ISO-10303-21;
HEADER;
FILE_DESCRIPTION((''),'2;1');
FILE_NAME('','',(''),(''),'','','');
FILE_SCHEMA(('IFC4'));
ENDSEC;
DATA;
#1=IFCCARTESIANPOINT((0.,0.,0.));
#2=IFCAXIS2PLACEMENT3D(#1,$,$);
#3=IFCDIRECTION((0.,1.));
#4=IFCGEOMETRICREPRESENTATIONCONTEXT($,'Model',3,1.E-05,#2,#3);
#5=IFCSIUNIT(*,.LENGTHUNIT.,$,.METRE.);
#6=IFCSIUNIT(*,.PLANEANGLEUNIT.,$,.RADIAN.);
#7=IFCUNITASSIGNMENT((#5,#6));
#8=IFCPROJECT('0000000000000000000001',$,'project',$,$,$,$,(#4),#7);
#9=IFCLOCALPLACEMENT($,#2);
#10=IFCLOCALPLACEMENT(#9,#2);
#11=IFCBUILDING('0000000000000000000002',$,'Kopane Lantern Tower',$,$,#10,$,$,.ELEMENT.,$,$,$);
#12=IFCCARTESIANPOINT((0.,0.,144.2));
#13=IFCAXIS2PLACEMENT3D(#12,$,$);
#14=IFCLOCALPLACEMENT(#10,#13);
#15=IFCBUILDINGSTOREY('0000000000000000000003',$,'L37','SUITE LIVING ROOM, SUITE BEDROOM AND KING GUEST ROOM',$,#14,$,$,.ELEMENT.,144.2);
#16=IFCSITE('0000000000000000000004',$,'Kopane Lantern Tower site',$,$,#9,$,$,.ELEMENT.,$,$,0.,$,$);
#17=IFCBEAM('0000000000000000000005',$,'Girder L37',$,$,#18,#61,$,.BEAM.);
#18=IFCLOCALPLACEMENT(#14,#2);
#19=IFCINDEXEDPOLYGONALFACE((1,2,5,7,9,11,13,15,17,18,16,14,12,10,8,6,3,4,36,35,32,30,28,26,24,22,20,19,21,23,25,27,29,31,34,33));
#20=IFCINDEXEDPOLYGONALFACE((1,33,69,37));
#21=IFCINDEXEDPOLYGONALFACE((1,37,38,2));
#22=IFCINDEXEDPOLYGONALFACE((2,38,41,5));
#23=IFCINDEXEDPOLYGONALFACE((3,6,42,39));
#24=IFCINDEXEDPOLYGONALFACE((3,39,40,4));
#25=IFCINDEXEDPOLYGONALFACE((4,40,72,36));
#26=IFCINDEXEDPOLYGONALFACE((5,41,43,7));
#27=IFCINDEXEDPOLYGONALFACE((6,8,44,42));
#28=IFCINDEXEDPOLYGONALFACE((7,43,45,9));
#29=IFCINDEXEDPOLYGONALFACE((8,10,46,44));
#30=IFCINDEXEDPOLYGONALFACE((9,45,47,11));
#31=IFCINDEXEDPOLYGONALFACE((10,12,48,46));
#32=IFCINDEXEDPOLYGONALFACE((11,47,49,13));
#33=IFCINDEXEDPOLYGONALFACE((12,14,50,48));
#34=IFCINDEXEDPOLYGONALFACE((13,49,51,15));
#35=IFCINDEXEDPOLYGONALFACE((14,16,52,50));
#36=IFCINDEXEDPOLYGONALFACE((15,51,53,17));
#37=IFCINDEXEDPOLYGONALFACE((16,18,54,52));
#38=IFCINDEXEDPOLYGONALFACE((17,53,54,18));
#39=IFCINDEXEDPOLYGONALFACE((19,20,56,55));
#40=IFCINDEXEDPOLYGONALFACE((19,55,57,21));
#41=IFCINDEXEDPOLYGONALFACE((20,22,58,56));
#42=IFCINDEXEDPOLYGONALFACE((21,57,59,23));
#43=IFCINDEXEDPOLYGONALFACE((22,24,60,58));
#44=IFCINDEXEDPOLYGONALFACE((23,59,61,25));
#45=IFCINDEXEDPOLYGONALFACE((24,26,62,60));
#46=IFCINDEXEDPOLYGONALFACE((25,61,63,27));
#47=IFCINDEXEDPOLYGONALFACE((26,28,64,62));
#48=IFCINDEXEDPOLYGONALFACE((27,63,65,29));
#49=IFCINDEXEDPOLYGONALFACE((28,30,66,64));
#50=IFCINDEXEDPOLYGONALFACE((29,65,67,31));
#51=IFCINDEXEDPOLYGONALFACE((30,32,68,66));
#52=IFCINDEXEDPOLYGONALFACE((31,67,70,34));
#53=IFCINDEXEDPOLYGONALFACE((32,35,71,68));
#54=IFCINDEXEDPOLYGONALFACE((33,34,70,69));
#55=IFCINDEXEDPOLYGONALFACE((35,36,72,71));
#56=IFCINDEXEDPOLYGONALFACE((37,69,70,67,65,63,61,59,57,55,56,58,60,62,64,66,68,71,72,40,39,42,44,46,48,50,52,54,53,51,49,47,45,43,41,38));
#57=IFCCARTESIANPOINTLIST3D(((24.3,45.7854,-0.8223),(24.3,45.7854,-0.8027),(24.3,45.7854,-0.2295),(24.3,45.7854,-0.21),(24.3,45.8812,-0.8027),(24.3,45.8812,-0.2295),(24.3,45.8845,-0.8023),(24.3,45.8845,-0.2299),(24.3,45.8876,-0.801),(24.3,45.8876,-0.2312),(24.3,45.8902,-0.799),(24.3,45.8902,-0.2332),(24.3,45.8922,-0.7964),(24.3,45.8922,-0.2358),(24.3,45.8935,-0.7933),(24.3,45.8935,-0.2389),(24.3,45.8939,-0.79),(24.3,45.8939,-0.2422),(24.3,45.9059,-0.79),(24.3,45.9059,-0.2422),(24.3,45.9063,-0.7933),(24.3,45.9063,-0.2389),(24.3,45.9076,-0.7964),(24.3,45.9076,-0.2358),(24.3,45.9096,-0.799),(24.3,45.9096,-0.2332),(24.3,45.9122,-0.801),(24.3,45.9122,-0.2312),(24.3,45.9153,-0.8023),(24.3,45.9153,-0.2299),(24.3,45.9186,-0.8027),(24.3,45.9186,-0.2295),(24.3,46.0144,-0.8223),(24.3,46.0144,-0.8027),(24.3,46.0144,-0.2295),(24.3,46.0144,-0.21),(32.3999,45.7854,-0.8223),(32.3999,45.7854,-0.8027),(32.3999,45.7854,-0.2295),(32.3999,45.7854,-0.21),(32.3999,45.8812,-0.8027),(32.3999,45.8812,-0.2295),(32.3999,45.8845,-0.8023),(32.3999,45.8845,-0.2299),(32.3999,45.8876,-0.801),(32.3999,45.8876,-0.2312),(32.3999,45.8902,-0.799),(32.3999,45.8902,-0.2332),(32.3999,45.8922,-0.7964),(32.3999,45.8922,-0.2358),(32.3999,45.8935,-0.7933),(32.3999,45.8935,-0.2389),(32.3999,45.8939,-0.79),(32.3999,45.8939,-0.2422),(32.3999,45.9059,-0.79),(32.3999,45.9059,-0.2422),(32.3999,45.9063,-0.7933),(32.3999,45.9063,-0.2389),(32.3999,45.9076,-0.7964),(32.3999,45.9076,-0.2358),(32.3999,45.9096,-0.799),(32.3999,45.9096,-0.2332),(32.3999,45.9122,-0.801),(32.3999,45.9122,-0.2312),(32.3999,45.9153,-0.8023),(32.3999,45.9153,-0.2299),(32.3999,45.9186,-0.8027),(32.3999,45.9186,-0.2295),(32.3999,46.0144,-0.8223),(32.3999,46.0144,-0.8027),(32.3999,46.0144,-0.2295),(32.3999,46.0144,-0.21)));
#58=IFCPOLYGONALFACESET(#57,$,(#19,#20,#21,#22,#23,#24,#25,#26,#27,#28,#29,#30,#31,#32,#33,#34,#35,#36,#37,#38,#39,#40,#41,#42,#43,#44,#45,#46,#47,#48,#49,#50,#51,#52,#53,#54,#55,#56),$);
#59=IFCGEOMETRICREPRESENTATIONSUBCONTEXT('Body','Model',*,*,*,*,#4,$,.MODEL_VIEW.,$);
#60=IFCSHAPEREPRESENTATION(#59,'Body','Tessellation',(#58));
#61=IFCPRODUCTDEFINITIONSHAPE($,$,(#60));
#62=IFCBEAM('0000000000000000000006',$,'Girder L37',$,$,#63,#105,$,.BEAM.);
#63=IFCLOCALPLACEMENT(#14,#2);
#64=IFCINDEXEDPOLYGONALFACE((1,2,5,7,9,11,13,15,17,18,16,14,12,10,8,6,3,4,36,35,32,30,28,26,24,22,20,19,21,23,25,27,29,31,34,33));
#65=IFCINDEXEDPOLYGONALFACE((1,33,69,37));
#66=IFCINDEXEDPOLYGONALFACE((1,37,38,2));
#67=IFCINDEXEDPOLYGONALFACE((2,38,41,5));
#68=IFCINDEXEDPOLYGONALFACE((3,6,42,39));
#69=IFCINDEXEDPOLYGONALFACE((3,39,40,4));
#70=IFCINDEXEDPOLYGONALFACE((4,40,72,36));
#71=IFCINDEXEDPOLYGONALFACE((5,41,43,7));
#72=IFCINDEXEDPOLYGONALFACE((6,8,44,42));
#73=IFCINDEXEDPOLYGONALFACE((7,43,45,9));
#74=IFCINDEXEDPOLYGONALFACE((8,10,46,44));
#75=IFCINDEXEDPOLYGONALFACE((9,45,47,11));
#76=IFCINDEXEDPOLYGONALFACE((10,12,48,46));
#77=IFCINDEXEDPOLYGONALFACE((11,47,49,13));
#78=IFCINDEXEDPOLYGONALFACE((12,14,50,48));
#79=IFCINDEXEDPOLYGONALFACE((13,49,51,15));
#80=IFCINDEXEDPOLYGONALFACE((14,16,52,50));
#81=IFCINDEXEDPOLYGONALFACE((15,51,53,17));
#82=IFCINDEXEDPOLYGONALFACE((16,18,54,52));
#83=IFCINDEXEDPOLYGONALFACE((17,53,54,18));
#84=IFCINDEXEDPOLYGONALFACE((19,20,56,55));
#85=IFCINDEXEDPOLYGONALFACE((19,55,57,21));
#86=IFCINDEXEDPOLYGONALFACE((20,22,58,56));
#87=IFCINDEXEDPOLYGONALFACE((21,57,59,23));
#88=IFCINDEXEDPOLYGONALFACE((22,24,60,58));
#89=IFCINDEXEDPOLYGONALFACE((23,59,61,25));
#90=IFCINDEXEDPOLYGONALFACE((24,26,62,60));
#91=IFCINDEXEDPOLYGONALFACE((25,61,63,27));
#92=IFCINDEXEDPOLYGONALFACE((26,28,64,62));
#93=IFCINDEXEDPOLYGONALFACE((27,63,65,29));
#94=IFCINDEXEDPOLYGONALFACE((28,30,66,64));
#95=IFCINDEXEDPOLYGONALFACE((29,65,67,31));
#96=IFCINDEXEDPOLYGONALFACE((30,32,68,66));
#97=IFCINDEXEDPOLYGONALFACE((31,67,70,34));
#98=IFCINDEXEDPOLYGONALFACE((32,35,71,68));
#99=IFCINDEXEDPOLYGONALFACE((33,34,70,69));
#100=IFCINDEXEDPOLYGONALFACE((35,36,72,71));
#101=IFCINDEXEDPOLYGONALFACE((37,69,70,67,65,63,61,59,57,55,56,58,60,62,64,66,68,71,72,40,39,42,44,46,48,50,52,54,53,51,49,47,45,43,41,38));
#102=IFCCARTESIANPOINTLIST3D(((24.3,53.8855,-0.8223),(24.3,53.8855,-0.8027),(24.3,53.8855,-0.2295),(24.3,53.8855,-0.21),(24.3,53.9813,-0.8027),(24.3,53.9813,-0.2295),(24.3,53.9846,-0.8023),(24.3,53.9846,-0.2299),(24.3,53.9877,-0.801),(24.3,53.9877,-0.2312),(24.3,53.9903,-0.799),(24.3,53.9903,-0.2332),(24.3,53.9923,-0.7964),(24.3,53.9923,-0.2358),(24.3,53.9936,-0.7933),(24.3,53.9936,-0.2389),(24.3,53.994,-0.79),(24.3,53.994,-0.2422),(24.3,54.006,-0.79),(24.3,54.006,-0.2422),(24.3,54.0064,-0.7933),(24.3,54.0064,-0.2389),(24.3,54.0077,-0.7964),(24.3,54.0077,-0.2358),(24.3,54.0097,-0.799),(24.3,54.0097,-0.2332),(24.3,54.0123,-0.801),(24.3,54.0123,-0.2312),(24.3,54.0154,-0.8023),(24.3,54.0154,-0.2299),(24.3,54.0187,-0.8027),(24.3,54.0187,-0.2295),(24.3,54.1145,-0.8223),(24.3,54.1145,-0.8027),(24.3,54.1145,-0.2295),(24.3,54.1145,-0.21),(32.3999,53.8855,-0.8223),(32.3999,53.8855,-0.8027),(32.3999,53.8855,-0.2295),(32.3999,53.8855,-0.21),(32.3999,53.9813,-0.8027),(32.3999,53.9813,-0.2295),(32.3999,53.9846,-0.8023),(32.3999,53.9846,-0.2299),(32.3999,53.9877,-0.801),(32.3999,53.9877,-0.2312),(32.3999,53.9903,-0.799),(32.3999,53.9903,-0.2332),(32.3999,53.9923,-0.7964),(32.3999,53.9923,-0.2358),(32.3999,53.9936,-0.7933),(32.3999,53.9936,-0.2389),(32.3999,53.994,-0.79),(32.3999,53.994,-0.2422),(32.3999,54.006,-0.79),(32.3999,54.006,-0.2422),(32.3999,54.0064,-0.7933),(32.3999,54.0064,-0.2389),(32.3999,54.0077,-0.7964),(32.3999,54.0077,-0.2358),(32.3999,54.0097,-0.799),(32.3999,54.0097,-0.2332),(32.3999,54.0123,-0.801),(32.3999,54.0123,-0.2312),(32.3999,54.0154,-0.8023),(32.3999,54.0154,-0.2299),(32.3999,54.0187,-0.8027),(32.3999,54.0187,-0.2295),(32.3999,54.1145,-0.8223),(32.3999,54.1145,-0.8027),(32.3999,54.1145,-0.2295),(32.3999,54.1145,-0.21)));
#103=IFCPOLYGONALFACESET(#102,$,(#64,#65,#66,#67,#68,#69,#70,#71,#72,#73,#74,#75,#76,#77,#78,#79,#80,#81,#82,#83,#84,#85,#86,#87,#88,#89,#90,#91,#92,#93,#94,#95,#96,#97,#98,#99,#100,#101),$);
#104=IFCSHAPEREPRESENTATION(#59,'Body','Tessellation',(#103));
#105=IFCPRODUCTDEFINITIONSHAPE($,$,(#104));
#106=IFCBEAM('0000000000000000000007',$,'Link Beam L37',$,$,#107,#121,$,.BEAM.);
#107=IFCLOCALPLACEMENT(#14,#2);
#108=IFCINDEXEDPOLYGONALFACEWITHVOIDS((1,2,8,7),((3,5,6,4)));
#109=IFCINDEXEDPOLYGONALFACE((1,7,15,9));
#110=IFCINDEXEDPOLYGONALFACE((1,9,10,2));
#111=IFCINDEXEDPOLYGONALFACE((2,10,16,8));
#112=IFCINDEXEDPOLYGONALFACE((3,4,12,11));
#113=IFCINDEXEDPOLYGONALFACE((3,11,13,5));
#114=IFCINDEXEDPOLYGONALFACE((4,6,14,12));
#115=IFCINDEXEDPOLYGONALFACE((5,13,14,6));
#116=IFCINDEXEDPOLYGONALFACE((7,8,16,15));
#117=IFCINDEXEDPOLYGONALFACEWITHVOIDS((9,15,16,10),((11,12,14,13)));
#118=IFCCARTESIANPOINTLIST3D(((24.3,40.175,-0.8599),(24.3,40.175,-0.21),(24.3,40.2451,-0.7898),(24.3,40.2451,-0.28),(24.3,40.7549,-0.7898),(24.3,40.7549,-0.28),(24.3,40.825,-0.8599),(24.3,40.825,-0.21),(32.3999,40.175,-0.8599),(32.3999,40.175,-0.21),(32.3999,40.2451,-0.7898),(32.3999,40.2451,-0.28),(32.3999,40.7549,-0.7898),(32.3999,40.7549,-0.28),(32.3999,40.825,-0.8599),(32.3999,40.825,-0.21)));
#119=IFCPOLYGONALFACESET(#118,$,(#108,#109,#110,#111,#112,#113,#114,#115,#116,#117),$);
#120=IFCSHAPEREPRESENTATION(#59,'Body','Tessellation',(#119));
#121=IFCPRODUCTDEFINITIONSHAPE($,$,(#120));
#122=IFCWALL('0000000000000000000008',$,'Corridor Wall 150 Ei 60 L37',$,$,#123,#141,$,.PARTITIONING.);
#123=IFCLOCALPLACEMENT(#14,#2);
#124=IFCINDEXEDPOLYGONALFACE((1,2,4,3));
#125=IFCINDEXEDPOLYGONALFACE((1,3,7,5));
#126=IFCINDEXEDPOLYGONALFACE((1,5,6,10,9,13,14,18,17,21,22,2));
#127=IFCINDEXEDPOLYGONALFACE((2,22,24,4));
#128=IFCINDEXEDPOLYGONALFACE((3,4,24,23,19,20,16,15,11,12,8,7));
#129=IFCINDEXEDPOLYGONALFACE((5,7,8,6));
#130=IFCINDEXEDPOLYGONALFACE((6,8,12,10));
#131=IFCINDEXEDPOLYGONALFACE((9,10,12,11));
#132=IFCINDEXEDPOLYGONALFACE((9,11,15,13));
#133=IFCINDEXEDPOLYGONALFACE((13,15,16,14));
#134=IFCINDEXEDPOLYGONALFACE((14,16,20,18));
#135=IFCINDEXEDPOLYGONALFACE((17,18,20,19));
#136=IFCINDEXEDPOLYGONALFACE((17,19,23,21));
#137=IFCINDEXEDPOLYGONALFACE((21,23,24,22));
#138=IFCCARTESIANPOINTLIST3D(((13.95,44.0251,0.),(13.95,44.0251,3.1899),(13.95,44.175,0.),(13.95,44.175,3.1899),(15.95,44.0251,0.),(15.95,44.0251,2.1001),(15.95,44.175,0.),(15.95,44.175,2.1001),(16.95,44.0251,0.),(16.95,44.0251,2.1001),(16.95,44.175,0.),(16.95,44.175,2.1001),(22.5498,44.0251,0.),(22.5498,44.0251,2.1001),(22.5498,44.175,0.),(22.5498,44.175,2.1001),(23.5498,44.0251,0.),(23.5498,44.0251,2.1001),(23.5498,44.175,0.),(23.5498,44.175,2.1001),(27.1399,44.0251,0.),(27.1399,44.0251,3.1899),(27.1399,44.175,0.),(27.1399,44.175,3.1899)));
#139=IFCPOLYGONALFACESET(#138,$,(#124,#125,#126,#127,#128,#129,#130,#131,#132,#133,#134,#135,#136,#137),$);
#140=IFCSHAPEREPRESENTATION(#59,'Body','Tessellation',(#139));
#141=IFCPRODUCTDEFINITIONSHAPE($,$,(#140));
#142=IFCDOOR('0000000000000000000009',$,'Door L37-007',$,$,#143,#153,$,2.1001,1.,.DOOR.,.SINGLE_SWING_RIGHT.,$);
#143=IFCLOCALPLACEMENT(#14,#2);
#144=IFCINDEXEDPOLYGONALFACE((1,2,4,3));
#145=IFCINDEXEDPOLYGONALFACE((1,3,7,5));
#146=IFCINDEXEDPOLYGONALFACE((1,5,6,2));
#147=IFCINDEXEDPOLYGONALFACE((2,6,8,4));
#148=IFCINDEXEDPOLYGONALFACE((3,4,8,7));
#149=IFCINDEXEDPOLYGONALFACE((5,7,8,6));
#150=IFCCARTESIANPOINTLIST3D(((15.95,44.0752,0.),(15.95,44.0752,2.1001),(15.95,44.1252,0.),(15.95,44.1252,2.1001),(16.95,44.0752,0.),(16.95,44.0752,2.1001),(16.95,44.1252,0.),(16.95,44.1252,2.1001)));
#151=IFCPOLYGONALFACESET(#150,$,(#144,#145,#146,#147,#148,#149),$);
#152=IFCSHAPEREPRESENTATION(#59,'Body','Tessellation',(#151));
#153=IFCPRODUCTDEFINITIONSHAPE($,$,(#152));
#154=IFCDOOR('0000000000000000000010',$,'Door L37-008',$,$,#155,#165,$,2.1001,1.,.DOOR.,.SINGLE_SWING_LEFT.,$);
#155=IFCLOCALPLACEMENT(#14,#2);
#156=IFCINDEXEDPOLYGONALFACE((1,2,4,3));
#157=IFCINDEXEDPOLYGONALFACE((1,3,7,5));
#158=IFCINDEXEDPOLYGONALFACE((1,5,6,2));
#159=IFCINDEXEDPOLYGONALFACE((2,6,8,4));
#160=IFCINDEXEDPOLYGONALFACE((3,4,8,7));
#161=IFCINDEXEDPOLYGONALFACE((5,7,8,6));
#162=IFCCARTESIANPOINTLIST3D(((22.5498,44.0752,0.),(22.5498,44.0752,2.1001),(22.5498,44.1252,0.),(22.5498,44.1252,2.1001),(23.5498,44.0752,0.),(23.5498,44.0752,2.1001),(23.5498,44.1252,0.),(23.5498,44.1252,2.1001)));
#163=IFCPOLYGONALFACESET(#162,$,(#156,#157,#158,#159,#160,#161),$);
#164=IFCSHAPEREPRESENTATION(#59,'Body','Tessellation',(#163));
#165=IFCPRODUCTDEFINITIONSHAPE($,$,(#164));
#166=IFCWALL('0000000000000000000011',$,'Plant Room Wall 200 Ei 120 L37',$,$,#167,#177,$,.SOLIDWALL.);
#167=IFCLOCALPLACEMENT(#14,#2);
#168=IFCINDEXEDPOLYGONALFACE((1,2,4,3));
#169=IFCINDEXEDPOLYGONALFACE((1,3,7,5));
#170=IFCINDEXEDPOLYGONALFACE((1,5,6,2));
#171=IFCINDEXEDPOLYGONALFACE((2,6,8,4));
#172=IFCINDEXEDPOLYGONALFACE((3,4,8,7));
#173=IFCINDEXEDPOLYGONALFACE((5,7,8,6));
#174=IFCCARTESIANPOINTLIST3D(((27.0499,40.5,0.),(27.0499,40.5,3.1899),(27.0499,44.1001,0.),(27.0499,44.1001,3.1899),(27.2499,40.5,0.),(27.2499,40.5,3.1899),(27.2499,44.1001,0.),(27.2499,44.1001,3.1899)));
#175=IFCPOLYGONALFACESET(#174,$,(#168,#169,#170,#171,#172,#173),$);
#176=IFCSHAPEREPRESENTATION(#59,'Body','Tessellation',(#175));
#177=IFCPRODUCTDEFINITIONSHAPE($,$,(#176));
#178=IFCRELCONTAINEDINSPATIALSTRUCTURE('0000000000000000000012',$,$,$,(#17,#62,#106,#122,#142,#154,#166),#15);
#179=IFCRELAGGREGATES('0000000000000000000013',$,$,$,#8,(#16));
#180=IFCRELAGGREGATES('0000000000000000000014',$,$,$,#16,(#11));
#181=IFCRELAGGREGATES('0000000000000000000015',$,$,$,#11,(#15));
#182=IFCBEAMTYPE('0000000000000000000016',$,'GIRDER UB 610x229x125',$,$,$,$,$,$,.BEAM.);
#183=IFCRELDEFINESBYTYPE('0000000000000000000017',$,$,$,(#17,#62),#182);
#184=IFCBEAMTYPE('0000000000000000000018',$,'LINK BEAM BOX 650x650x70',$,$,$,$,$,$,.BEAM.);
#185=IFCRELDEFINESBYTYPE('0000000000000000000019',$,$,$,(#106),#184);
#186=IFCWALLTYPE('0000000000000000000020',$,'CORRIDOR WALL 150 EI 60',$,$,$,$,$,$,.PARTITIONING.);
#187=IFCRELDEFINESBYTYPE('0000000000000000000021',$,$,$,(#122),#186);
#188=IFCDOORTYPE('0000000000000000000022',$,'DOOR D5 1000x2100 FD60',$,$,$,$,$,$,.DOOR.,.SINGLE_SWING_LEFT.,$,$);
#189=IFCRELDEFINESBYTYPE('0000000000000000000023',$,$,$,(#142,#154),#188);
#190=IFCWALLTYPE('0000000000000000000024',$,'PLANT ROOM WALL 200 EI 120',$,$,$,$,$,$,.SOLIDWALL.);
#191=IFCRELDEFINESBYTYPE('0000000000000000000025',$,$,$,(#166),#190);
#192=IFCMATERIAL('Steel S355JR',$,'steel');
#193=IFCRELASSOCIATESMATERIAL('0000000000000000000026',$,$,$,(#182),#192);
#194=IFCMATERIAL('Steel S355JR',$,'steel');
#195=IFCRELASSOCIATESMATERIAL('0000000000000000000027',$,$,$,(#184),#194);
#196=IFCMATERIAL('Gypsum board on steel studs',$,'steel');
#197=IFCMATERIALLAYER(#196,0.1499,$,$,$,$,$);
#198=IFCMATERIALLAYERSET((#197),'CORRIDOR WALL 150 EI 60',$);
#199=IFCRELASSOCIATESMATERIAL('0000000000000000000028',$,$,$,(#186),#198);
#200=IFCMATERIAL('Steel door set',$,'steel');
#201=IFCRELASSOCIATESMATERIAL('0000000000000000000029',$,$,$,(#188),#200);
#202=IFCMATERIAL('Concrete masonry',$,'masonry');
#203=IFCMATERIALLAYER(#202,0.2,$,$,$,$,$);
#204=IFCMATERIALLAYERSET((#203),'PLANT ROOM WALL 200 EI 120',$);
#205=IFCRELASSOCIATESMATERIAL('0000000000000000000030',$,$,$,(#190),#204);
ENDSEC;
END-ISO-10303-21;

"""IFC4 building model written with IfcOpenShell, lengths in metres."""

from ifc_helpers import new_model, si_unit, direction, frame, frame_2d, origin, origin_2d, place, context, subcontext, project, spatial, rectangle, hollow_rectangle, i_section, extrude, material, layer, layer_set, material_profile, profile_set, type_object, element, fill, save


model = new_model("IFC4")

# Units and contexts
model_context = context("Model", 3, precision=1e-05, world=origin(), true_north=direction((0.0, 1.0)))
body_context = subcontext(model_context, "Body", "Model", "MODEL_VIEW")
ifc_project = project(units=[si_unit("LENGTHUNIT", "METRE"), si_unit("PLANEANGLEUNIT", "RADIAN")], contexts=[model_context])

# Site, building, storey
site_placement = place(None, origin())
site = spatial("IfcSite", under=ifc_project, at=site_placement, Name="Kopane Lantern Tower site", CompositionType="ELEMENT", RefElevation=0.0)
building_placement = place(site_placement, origin())
building = spatial("IfcBuilding", under=site, at=building_placement, Name="Kopane Lantern Tower", CompositionType="ELEMENT")
storey_placement = place(building_placement, frame((0.0, 0.0, 144.2)))
storey = spatial("IfcBuildingStorey", under=building, at=storey_placement, Name="L37", Description="SUITE LIVING ROOM, SUITE BEDROOM AND KING GUEST ROOM", CompositionType="ELEMENT", Elevation=144.2)

# Beams
ifc_material_1 = material(Name="Steel S355JR", Category="steel")
ifc_material_profile_1 = material_profile(ifc_material_1, i_section(OverallWidth=0.229, OverallDepth=0.6123, WebThickness=0.012, FlangeThickness=0.0195, FilletRadius=0.0127, at=origin_2d()), Name="UB 610x229x125")
ifc_profile_set_1 = profile_set([ifc_material_profile_1], Name="Steel S355JR")
beam_type_1 = type_object("IfcBeamType", Name="GIRDER UB 610x229x125", PredefinedType="BEAM", material=ifc_profile_set_1)
for number, where, z_axis, x_axis, name in (
    (1, (24.3, 45.8999, -0.5161), (1.0, 0.0, 0.0), (0.0, 1.0, 0.0), "Girder L37"),
    (2, (24.3, 54.0, -0.5161), (1.0, 0.0, 0.0), (0.0, 1.0, 0.0), "Girder L37"),
):
    element("IfcBeam", number, at=place(storey_placement, frame(where, z_axis=z_axis, x_axis=x_axis)), inside=storey, type_object=beam_type_1, Name=name, PredefinedType="BEAM", context=body_context, shape_type="SweptSolid", body=[
        extrude(i_section(OverallWidth=0.229, OverallDepth=0.6123, WebThickness=0.012, FlangeThickness=0.0195, FilletRadius=0.0127, at=origin_2d()), origin(), (0.0, 0.0, 1.0), 8.0999),
    ])
ifc_material_2 = material(Name="Steel S355JR", Category="steel")
ifc_material_profile_2 = material_profile(ifc_material_2, hollow_rectangle(XDim=0.6499, YDim=0.6499, WallThickness=0.0701, at=origin_2d()), Name="BOX 650x650x70")
ifc_profile_set_2 = profile_set([ifc_material_profile_2], Name="Steel S355JR")
beam_type_2 = type_object("IfcBeamType", Name="LINK BEAM BOX 650x650x70", PredefinedType="BEAM", material=ifc_profile_set_2)
beam_1_placement = place(storey_placement, frame((24.3, 40.5, -0.5349), z_axis=(1.0, 0.0, 0.0), x_axis=(0.0, 1.0, 0.0)))
element("IfcBeam", 3, at=beam_1_placement, inside=storey, type_object=beam_type_2, Name="Link Beam L37", PredefinedType="BEAM", context=body_context, shape_type="SweptSolid", body=[
    extrude(hollow_rectangle(XDim=0.6499, YDim=0.6499, WallThickness=0.0701, at=origin_2d()), origin(), (0.0, 0.0, 1.0), 8.0999),
])

# Wall, openings, doors
ifc_material_3 = material(Name="Gypsum board on steel studs", Category="steel")
ifc_layer_1 = layer(ifc_material_3, 0.1499)
ifc_layer_set_1 = layer_set([ifc_layer_1], Name="CORRIDOR WALL 150 EI 60")
wall_type_1 = type_object("IfcWallType", Name="CORRIDOR WALL 150 EI 60", PredefinedType="PARTITIONING", material=ifc_layer_set_1)
wall_1_placement = place(storey_placement, frame((27.1399, 44.1001, 0.0), z_axis=(0.0, 0.0, 1.0), x_axis=(-1.0, 0.0, 0.0)))
wall_1 = element("IfcWall", 4, at=wall_1_placement, inside=storey, type_object=wall_type_1, Name="Corridor Wall 150 Ei 60 L37", PredefinedType="PARTITIONING", context=body_context, shape_type="SweptSolid", body=[
    extrude(rectangle(XDim=13.1899, YDim=0.1499, at=frame_2d((6.595, 0.0))), origin(), (0.0, 0.0, 1.0), 3.1899),
])
opening_1_placement = place(wall_1_placement, frame((10.1899, 0.0, 0.0)))
opening_1 = element("IfcOpeningElement", 5, at=opening_1_placement, cuts=wall_1, PredefinedType="OPENING", context=body_context, shape_type="SweptSolid", body=[
    extrude(rectangle(XDim=1.0, YDim=2.1001, at=frame_2d((0.5, 1.05))), frame((0.0, 0.085, 0.0), z_axis=(0.0, -1.0, 0.0), x_axis=(1.0, 0.0, 0.0)), (0.0, 0.0, 1.0), 0.1699),
])
opening_2_placement = place(wall_1_placement, frame((3.5901, 0.0, 0.0)))
opening_2 = element("IfcOpeningElement", 6, at=opening_2_placement, cuts=wall_1, PredefinedType="OPENING", context=body_context, shape_type="SweptSolid", body=[
    extrude(rectangle(XDim=1.0, YDim=2.1001, at=frame_2d((0.5, 1.05))), frame((0.0, 0.085, 0.0), z_axis=(0.0, -1.0, 0.0), x_axis=(1.0, 0.0, 0.0)), (0.0, 0.0, 1.0), 0.1699),
])
ifc_material_4 = material(Name="Steel door set", Category="steel")
door_type = type_object("IfcDoorType", Name="DOOR D5 1000x2100 FD60", OperationType="SINGLE_SWING_LEFT", PredefinedType="DOOR", material=ifc_material_4)
door_1_placement = place(opening_1_placement, origin())
door_1 = element("IfcDoor", 7, at=door_1_placement, inside=storey, type_object=door_type, Name="Door L37-007", OperationType="SINGLE_SWING_RIGHT", OverallHeight=2.1001, OverallWidth=1.0, PredefinedType="DOOR", context=body_context, shape_type="SweptSolid", body=[
    extrude(rectangle(XDim=1.0, YDim=2.1001, at=frame_2d((0.5, 1.05))), frame((0.0, 0.0249, 0.0), z_axis=(0.0, -1.0, 0.0), x_axis=(1.0, 0.0, 0.0)), (0.0, 0.0, 1.0), 0.05),
])
fill(opening_1, door_1)
door_2_placement = place(opening_2_placement, origin())
door_2 = element("IfcDoor", 8, at=door_2_placement, inside=storey, type_object=door_type, Name="Door L37-008", OperationType="SINGLE_SWING_LEFT", OverallHeight=2.1001, OverallWidth=1.0, PredefinedType="DOOR", context=body_context, shape_type="SweptSolid", body=[
    extrude(rectangle(XDim=1.0, YDim=2.1001, at=frame_2d((0.5, 1.05))), frame((0.0, 0.0249, 0.0), z_axis=(0.0, -1.0, 0.0), x_axis=(1.0, 0.0, 0.0)), (0.0, 0.0, 1.0), 0.05),
])
fill(opening_2, door_2)

# Wall
ifc_material_5 = material(Name="Concrete masonry", Category="masonry")
ifc_layer_2 = layer(ifc_material_5, 0.2)
ifc_layer_set_2 = layer_set([ifc_layer_2], Name="PLANT ROOM WALL 200 EI 120")
wall_type_2 = type_object("IfcWallType", Name="PLANT ROOM WALL 200 EI 120", PredefinedType="SOLIDWALL", material=ifc_layer_set_2)
wall_2_placement = place(storey_placement, frame((27.1499, 40.5, 0.0), z_axis=(0.0, 0.0, 1.0), x_axis=(0.0, 1.0, 0.0)))
element("IfcWall", 9, at=wall_2_placement, inside=storey, type_object=wall_type_2, Name="Plant Room Wall 200 Ei 120 L37", PredefinedType="SOLIDWALL", context=body_context, shape_type="SweptSolid", body=[
    extrude(rectangle(XDim=3.6001, YDim=0.2, at=frame_2d((1.8, 0.0))), origin(), (0.0, 0.0, 1.0), 3.1899),
])

save(model, "model.ifc")
